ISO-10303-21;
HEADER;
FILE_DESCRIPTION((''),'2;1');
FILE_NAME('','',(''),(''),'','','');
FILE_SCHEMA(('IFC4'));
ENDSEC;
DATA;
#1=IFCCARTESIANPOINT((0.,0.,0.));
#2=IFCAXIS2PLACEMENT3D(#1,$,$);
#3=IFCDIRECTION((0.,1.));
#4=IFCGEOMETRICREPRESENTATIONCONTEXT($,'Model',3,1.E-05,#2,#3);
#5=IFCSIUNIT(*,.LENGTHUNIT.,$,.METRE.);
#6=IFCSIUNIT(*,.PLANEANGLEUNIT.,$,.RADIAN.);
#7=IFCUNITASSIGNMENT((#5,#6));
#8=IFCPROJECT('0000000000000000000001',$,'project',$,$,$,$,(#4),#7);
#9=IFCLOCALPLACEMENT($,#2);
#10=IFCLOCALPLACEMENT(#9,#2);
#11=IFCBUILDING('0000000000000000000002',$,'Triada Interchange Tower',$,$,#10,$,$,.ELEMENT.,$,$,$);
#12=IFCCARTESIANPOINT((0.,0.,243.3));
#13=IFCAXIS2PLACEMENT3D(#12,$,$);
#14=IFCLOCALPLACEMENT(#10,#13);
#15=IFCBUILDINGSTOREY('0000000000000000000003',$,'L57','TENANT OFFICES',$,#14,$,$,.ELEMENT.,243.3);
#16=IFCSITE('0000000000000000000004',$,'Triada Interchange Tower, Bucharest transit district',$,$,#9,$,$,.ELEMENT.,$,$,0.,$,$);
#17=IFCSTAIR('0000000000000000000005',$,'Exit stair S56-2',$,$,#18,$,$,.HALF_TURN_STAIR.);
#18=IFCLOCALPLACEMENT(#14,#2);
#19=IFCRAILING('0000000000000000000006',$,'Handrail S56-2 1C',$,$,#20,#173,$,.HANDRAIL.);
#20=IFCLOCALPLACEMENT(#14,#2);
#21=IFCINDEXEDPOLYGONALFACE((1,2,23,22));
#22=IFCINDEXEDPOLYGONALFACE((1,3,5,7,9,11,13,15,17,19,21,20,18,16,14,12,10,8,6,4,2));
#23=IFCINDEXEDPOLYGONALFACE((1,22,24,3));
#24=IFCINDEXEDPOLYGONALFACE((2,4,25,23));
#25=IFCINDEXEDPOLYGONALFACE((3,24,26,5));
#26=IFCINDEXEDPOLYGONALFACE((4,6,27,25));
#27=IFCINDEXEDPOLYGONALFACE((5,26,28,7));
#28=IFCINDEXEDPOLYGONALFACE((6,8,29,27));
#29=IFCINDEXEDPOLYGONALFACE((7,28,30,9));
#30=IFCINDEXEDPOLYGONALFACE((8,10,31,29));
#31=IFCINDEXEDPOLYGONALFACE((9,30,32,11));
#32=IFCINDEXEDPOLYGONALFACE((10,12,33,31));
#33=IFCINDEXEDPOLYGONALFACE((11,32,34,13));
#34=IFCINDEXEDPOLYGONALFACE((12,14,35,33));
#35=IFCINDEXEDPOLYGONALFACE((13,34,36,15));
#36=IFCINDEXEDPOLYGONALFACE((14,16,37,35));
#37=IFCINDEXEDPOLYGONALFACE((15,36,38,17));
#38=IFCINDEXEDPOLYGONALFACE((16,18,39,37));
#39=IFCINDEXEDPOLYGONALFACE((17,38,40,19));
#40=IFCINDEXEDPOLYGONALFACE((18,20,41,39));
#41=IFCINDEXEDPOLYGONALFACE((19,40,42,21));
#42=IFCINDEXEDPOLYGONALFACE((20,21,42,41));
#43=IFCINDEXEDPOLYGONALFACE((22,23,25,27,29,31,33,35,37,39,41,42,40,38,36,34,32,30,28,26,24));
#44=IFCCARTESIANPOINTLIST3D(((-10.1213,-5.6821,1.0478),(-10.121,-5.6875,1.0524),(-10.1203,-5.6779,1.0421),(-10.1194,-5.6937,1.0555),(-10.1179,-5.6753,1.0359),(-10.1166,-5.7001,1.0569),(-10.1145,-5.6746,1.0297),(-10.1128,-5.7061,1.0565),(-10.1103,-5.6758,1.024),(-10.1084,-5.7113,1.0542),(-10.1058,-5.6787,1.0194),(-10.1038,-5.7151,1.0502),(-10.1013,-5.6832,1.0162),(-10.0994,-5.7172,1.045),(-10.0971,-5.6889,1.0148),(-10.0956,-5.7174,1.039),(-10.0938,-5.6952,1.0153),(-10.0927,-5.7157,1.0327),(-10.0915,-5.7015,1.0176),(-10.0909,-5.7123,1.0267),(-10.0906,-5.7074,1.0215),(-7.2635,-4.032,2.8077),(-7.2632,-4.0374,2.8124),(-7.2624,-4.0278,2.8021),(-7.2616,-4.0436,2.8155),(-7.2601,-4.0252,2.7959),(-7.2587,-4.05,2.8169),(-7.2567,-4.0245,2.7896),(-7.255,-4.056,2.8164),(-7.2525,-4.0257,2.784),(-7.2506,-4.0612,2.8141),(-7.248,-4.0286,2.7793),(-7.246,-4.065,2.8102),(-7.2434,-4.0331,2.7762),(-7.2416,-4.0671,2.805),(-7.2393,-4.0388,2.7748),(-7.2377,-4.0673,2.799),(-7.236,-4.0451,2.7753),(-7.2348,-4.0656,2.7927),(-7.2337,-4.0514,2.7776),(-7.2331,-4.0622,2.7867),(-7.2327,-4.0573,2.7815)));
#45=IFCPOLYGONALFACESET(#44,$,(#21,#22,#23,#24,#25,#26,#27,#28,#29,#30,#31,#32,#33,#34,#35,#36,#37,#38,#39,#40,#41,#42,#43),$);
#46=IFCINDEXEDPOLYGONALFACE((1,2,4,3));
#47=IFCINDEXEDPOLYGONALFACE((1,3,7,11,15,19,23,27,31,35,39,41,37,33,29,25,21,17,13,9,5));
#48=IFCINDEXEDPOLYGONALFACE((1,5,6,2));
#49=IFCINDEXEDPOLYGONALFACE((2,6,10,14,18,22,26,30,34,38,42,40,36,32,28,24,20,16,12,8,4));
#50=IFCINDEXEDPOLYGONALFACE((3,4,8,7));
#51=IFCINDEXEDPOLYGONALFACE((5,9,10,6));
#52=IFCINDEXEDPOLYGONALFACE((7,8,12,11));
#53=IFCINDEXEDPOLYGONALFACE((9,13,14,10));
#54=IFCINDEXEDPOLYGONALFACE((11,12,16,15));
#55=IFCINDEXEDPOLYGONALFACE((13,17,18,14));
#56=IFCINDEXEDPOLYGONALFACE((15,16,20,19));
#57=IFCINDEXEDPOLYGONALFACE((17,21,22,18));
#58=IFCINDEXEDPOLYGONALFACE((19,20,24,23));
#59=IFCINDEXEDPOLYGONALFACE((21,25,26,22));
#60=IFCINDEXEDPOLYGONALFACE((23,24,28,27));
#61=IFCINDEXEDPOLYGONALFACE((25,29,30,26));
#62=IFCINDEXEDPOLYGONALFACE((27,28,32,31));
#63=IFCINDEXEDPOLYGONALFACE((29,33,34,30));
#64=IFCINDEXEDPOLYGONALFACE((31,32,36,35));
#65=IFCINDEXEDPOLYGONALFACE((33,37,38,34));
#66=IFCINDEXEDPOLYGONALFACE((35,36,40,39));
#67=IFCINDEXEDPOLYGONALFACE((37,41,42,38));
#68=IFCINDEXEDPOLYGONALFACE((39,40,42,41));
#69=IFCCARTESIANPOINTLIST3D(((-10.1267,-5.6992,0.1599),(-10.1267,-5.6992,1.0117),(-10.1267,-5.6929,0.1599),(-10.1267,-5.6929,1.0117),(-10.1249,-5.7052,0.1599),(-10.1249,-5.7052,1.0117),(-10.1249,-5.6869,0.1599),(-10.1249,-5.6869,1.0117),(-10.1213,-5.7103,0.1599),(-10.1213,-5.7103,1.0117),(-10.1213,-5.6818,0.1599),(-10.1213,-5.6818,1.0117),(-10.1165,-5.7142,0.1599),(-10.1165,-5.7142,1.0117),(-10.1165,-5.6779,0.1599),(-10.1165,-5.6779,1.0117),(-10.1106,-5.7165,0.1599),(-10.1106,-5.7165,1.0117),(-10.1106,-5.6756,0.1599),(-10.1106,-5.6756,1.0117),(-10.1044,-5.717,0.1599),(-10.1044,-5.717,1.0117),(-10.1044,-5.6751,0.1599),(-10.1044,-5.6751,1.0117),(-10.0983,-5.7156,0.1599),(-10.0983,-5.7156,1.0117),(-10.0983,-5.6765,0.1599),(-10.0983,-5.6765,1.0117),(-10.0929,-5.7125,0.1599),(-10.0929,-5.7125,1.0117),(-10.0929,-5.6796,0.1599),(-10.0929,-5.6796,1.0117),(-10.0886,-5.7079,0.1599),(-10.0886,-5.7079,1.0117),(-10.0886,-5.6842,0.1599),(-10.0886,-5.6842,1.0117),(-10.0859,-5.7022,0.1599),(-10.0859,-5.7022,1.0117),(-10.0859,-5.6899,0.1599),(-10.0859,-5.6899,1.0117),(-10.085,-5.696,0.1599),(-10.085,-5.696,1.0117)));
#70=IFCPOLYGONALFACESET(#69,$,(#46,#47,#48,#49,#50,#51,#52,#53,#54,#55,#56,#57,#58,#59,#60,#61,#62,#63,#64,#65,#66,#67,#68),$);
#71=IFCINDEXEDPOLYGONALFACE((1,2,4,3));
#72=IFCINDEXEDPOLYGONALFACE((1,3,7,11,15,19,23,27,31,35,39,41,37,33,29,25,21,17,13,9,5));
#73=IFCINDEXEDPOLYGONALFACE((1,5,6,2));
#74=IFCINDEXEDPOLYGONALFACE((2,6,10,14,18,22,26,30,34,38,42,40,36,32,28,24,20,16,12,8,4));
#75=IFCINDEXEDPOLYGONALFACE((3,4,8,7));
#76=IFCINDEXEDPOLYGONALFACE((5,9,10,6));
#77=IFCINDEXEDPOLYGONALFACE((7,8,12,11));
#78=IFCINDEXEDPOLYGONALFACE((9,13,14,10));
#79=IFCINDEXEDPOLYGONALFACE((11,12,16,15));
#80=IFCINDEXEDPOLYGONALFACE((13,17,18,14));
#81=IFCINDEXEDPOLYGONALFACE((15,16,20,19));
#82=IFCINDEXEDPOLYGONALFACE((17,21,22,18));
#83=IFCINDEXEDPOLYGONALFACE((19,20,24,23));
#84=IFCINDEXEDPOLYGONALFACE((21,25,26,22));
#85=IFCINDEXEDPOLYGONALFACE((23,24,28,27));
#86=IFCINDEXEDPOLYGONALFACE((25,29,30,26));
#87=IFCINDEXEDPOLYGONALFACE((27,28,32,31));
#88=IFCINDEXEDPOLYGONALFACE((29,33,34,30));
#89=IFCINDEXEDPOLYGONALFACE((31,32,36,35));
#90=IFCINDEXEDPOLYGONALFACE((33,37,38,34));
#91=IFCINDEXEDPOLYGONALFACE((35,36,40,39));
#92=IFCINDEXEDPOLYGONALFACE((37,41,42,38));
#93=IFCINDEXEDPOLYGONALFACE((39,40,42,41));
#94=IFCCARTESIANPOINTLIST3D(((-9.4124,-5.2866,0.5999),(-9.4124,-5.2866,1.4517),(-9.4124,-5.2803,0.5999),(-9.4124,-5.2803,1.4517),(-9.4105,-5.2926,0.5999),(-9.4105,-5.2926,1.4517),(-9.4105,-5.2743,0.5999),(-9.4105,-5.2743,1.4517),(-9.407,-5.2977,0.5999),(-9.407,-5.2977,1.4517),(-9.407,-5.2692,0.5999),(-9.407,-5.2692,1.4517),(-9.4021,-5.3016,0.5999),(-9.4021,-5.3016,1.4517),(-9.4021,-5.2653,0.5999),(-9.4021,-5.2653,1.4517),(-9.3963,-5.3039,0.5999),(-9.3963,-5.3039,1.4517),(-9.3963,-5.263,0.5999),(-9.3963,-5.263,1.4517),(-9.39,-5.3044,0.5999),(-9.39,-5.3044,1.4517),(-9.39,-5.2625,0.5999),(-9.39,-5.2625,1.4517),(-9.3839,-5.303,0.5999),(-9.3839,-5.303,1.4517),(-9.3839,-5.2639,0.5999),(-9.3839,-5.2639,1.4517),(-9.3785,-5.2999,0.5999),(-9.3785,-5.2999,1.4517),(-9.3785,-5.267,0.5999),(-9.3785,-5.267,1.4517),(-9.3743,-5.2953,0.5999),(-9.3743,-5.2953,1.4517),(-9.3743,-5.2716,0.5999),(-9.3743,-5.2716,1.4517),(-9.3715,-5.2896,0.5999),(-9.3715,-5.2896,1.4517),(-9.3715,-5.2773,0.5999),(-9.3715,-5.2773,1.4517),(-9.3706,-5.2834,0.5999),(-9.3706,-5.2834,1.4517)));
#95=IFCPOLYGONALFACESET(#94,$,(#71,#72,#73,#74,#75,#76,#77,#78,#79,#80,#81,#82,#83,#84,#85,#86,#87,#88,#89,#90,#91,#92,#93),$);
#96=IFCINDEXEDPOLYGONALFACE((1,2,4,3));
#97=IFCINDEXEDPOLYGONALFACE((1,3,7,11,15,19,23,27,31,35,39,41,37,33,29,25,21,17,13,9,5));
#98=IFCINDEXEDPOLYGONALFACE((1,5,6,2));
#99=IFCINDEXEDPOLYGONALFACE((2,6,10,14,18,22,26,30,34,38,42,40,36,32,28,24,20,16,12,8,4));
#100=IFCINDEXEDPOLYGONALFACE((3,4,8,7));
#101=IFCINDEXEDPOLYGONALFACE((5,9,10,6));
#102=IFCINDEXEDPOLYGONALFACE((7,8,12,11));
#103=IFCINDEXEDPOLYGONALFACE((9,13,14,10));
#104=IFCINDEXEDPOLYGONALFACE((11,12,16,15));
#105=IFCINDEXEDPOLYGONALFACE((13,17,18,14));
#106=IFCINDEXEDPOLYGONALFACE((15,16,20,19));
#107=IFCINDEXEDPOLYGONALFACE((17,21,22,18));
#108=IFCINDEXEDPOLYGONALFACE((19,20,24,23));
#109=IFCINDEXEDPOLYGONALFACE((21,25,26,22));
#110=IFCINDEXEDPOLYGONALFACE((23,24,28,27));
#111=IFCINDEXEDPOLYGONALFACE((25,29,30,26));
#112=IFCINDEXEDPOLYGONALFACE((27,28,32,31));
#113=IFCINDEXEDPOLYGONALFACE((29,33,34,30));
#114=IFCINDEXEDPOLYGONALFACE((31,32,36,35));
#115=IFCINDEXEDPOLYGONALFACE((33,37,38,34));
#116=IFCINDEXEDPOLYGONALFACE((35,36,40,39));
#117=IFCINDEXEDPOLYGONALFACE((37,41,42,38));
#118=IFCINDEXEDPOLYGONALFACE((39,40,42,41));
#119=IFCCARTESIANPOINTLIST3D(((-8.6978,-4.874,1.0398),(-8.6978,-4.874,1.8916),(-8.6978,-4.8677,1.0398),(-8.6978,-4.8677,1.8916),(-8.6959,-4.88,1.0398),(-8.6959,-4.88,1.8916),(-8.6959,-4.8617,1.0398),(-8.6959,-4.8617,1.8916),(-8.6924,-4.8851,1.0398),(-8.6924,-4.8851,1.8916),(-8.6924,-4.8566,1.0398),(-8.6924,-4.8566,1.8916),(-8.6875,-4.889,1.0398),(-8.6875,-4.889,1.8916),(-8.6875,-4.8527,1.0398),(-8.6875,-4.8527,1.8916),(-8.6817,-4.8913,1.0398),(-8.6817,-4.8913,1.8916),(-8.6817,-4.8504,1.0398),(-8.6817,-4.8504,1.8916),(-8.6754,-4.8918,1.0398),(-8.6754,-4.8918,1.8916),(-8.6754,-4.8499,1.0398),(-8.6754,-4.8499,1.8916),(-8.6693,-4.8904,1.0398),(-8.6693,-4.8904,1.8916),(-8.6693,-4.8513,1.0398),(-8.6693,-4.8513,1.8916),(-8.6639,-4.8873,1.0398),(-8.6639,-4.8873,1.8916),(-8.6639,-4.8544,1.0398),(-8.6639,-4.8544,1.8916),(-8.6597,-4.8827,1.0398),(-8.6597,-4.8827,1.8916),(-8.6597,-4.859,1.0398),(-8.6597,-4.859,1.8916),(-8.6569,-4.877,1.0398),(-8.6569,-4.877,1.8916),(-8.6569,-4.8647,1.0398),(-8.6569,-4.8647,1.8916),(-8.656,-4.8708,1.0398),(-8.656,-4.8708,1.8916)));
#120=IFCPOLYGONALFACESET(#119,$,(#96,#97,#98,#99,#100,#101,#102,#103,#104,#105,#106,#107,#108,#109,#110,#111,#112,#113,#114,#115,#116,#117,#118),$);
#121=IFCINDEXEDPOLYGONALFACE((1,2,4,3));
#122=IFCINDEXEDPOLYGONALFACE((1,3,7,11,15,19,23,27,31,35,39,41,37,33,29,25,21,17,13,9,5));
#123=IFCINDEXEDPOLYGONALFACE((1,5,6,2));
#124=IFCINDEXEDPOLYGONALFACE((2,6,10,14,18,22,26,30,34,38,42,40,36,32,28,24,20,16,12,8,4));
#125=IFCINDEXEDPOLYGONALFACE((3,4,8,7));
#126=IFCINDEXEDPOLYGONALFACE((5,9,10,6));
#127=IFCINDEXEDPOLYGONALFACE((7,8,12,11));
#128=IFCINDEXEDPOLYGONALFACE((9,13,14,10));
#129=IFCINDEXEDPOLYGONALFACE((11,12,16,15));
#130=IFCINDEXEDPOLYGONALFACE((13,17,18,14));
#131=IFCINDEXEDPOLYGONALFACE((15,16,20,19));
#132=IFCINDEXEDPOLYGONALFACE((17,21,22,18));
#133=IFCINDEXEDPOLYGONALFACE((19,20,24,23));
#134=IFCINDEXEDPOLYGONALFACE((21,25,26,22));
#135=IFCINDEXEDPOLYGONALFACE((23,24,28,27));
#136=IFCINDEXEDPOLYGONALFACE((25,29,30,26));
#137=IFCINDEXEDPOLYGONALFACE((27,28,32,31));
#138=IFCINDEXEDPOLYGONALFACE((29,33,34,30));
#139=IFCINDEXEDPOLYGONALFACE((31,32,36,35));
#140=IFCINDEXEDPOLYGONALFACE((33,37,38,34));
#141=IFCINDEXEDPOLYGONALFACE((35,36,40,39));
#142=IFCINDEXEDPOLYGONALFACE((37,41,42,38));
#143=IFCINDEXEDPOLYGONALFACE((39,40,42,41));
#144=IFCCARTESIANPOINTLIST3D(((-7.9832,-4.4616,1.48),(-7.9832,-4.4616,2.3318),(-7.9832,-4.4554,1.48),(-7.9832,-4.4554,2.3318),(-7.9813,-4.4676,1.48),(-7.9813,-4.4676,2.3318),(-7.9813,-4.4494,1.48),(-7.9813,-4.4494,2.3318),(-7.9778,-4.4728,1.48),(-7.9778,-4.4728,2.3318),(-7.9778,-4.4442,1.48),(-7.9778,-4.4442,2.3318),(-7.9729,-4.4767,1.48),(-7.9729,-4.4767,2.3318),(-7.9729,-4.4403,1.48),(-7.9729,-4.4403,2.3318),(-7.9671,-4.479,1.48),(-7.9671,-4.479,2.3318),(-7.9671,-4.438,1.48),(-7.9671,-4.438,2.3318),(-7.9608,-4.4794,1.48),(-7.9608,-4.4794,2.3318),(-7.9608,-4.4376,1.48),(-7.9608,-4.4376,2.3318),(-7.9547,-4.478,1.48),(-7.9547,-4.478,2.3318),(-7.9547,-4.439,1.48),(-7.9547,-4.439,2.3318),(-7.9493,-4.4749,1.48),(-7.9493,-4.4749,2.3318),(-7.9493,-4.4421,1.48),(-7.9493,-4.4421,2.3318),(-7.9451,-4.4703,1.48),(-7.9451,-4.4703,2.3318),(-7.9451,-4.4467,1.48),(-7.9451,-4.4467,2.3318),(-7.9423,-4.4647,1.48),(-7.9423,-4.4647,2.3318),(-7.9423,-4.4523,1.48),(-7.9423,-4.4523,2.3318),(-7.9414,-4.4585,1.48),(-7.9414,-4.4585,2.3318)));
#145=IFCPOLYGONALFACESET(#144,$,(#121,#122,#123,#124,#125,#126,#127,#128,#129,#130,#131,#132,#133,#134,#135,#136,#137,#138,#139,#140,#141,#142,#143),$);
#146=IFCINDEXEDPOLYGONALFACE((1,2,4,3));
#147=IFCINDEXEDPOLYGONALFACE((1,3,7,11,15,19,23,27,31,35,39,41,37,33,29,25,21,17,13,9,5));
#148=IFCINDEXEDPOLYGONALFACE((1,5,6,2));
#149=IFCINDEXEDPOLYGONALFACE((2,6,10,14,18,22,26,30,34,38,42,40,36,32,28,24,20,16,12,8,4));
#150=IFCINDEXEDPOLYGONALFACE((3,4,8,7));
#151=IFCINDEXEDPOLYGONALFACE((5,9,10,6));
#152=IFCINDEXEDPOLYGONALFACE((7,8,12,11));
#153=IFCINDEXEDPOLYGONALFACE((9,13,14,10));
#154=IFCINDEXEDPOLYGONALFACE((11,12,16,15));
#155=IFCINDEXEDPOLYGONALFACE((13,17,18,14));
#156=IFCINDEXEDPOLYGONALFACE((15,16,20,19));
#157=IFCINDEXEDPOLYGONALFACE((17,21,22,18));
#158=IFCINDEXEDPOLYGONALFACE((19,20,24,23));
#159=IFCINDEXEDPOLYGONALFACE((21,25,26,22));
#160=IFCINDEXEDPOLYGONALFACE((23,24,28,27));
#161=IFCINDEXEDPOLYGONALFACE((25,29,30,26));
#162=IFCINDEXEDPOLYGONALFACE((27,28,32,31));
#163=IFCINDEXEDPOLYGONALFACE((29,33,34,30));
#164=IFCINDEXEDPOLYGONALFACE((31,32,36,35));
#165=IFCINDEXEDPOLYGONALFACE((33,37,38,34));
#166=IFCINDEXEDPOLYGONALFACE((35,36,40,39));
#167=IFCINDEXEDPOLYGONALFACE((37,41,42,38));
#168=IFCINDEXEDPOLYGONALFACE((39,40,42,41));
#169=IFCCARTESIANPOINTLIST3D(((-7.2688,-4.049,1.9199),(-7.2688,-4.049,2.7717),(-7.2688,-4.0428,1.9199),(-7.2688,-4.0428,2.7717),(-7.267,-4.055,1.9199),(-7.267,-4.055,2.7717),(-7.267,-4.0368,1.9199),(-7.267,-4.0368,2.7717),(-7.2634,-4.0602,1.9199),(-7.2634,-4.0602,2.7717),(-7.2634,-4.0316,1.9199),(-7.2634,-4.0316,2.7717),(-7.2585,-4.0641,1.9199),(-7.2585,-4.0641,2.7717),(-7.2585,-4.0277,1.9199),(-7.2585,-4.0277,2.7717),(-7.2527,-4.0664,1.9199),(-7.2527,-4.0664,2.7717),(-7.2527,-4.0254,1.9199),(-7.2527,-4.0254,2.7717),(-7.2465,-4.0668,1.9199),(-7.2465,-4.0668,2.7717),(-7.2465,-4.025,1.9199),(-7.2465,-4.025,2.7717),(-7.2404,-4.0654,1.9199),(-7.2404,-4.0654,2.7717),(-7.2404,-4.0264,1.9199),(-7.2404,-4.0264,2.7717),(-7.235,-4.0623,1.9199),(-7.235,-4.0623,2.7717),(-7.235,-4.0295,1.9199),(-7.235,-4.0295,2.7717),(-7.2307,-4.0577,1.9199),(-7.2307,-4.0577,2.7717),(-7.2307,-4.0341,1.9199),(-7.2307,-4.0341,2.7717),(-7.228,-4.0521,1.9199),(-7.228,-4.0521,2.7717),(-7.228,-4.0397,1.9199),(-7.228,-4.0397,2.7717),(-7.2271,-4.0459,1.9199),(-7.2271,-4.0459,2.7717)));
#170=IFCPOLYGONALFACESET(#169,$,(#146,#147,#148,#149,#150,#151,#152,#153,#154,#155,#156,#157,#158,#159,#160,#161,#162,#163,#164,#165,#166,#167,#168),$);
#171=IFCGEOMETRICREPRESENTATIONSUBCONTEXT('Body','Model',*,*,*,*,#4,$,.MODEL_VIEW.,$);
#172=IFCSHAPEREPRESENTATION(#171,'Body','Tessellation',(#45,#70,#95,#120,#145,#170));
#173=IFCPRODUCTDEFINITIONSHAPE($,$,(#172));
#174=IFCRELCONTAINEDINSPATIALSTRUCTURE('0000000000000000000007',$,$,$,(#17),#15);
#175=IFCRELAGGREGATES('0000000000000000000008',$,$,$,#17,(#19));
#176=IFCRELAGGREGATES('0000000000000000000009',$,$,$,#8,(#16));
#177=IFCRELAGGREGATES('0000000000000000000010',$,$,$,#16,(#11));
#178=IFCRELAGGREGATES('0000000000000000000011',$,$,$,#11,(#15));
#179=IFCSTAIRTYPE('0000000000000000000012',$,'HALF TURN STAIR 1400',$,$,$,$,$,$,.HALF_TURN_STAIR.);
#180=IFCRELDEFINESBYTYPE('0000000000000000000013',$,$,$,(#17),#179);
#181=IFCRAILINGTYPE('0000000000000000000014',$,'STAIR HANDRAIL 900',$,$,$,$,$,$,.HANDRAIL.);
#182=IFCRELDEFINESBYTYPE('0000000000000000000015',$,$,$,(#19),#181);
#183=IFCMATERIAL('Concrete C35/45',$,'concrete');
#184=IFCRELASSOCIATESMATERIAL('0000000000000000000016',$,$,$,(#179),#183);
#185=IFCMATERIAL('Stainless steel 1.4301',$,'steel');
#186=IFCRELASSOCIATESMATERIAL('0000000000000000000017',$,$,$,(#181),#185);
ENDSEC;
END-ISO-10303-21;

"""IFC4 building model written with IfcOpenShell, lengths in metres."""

from ifc_helpers import new_model, si_unit, direction, frame, origin, origin_2d, place, context, subcontext, project, spatial, circle, extrude, material, type_object, element, aggregate, save


model = new_model("IFC4")

# Units and contexts
model_context = context("Model", 3, precision=1e-05, world=origin(), true_north=direction((0.0, 1.0)))
body_context = subcontext(model_context, "Body", "Model", "MODEL_VIEW")
ifc_project = project(units=[si_unit("LENGTHUNIT", "METRE"), si_unit("PLANEANGLEUNIT", "RADIAN")], contexts=[model_context])

# Site, building, storey
site_placement = place(None, origin())
site = spatial("IfcSite", under=ifc_project, at=site_placement, Name="Triada Interchange Tower, Bucharest transit district", CompositionType="ELEMENT", RefElevation=0.0)
building_placement = place(site_placement, origin())
building = spatial("IfcBuilding", under=site, at=building_placement, Name="Triada Interchange Tower", CompositionType="ELEMENT")
storey_placement = place(building_placement, frame((0.0, 0.0, 243.3)))
storey = spatial("IfcBuildingStorey", under=building, at=storey_placement, Name="L57", Description="TENANT OFFICES", CompositionType="ELEMENT", Elevation=243.3)

# Stair, railing
ifc_material_1 = material(Name="Concrete C35/45", Category="concrete")
stair_type = type_object("IfcStairType", Name="HALF TURN STAIR 1400", PredefinedType="HALF_TURN_STAIR", material=ifc_material_1)
stair_placement = place(storey_placement, origin())
stair = element("IfcStair", 1, at=stair_placement, inside=storey, type_object=stair_type, Name="Exit stair S56-2", PredefinedType="HALF_TURN_STAIR")
ifc_material_2 = material(Name="Stainless steel 1.4301", Category="steel")
railing_type = type_object("IfcRailingType", Name="STAIR HANDRAIL 900", PredefinedType="HANDRAIL", material=ifc_material_2)
railing_1_placement = place(storey_placement, frame((-10.106, -5.696, 0.1599)))
railing_1 = element("IfcRailing", 2, at=railing_1_placement, type_object=railing_type, Name="Handrail S56-2 1C", PredefinedType="HANDRAIL", context=body_context, shape_type="SweptSolid", body=[
    extrude(circle(Radius=0.0239, at=origin_2d()), frame((0.0, 0.0, 0.876), z_axis=(0.764129, 0.441205, 0.47058), x_axis=(-0.50003, 0.866008, 0.0)), (0.0, 0.0, 1.0), 3.74),
    extrude(circle(Radius=0.021, at=origin_2d()), origin(), (0.0, 0.0, 1.0), 0.8518),
    extrude(circle(Radius=0.021, at=origin_2d()), frame((0.7144, 0.4126, 0.4399)), (0.0, 0.0, 1.0), 0.8518),
    extrude(circle(Radius=0.021, at=origin_2d()), frame((1.429, 0.8252, 0.8799)), (0.0, 0.0, 1.0), 0.8518),
    extrude(circle(Radius=0.021, at=origin_2d()), frame((2.1436, 1.2375, 1.3201)), (0.0, 0.0, 1.0), 0.8518),
    extrude(circle(Radius=0.021, at=origin_2d()), frame((2.8579, 1.6501, 1.76)), (0.0, 0.0, 1.0), 0.8518),
])
aggregate(stair, [railing_1])

save(model, "model.ifc")
